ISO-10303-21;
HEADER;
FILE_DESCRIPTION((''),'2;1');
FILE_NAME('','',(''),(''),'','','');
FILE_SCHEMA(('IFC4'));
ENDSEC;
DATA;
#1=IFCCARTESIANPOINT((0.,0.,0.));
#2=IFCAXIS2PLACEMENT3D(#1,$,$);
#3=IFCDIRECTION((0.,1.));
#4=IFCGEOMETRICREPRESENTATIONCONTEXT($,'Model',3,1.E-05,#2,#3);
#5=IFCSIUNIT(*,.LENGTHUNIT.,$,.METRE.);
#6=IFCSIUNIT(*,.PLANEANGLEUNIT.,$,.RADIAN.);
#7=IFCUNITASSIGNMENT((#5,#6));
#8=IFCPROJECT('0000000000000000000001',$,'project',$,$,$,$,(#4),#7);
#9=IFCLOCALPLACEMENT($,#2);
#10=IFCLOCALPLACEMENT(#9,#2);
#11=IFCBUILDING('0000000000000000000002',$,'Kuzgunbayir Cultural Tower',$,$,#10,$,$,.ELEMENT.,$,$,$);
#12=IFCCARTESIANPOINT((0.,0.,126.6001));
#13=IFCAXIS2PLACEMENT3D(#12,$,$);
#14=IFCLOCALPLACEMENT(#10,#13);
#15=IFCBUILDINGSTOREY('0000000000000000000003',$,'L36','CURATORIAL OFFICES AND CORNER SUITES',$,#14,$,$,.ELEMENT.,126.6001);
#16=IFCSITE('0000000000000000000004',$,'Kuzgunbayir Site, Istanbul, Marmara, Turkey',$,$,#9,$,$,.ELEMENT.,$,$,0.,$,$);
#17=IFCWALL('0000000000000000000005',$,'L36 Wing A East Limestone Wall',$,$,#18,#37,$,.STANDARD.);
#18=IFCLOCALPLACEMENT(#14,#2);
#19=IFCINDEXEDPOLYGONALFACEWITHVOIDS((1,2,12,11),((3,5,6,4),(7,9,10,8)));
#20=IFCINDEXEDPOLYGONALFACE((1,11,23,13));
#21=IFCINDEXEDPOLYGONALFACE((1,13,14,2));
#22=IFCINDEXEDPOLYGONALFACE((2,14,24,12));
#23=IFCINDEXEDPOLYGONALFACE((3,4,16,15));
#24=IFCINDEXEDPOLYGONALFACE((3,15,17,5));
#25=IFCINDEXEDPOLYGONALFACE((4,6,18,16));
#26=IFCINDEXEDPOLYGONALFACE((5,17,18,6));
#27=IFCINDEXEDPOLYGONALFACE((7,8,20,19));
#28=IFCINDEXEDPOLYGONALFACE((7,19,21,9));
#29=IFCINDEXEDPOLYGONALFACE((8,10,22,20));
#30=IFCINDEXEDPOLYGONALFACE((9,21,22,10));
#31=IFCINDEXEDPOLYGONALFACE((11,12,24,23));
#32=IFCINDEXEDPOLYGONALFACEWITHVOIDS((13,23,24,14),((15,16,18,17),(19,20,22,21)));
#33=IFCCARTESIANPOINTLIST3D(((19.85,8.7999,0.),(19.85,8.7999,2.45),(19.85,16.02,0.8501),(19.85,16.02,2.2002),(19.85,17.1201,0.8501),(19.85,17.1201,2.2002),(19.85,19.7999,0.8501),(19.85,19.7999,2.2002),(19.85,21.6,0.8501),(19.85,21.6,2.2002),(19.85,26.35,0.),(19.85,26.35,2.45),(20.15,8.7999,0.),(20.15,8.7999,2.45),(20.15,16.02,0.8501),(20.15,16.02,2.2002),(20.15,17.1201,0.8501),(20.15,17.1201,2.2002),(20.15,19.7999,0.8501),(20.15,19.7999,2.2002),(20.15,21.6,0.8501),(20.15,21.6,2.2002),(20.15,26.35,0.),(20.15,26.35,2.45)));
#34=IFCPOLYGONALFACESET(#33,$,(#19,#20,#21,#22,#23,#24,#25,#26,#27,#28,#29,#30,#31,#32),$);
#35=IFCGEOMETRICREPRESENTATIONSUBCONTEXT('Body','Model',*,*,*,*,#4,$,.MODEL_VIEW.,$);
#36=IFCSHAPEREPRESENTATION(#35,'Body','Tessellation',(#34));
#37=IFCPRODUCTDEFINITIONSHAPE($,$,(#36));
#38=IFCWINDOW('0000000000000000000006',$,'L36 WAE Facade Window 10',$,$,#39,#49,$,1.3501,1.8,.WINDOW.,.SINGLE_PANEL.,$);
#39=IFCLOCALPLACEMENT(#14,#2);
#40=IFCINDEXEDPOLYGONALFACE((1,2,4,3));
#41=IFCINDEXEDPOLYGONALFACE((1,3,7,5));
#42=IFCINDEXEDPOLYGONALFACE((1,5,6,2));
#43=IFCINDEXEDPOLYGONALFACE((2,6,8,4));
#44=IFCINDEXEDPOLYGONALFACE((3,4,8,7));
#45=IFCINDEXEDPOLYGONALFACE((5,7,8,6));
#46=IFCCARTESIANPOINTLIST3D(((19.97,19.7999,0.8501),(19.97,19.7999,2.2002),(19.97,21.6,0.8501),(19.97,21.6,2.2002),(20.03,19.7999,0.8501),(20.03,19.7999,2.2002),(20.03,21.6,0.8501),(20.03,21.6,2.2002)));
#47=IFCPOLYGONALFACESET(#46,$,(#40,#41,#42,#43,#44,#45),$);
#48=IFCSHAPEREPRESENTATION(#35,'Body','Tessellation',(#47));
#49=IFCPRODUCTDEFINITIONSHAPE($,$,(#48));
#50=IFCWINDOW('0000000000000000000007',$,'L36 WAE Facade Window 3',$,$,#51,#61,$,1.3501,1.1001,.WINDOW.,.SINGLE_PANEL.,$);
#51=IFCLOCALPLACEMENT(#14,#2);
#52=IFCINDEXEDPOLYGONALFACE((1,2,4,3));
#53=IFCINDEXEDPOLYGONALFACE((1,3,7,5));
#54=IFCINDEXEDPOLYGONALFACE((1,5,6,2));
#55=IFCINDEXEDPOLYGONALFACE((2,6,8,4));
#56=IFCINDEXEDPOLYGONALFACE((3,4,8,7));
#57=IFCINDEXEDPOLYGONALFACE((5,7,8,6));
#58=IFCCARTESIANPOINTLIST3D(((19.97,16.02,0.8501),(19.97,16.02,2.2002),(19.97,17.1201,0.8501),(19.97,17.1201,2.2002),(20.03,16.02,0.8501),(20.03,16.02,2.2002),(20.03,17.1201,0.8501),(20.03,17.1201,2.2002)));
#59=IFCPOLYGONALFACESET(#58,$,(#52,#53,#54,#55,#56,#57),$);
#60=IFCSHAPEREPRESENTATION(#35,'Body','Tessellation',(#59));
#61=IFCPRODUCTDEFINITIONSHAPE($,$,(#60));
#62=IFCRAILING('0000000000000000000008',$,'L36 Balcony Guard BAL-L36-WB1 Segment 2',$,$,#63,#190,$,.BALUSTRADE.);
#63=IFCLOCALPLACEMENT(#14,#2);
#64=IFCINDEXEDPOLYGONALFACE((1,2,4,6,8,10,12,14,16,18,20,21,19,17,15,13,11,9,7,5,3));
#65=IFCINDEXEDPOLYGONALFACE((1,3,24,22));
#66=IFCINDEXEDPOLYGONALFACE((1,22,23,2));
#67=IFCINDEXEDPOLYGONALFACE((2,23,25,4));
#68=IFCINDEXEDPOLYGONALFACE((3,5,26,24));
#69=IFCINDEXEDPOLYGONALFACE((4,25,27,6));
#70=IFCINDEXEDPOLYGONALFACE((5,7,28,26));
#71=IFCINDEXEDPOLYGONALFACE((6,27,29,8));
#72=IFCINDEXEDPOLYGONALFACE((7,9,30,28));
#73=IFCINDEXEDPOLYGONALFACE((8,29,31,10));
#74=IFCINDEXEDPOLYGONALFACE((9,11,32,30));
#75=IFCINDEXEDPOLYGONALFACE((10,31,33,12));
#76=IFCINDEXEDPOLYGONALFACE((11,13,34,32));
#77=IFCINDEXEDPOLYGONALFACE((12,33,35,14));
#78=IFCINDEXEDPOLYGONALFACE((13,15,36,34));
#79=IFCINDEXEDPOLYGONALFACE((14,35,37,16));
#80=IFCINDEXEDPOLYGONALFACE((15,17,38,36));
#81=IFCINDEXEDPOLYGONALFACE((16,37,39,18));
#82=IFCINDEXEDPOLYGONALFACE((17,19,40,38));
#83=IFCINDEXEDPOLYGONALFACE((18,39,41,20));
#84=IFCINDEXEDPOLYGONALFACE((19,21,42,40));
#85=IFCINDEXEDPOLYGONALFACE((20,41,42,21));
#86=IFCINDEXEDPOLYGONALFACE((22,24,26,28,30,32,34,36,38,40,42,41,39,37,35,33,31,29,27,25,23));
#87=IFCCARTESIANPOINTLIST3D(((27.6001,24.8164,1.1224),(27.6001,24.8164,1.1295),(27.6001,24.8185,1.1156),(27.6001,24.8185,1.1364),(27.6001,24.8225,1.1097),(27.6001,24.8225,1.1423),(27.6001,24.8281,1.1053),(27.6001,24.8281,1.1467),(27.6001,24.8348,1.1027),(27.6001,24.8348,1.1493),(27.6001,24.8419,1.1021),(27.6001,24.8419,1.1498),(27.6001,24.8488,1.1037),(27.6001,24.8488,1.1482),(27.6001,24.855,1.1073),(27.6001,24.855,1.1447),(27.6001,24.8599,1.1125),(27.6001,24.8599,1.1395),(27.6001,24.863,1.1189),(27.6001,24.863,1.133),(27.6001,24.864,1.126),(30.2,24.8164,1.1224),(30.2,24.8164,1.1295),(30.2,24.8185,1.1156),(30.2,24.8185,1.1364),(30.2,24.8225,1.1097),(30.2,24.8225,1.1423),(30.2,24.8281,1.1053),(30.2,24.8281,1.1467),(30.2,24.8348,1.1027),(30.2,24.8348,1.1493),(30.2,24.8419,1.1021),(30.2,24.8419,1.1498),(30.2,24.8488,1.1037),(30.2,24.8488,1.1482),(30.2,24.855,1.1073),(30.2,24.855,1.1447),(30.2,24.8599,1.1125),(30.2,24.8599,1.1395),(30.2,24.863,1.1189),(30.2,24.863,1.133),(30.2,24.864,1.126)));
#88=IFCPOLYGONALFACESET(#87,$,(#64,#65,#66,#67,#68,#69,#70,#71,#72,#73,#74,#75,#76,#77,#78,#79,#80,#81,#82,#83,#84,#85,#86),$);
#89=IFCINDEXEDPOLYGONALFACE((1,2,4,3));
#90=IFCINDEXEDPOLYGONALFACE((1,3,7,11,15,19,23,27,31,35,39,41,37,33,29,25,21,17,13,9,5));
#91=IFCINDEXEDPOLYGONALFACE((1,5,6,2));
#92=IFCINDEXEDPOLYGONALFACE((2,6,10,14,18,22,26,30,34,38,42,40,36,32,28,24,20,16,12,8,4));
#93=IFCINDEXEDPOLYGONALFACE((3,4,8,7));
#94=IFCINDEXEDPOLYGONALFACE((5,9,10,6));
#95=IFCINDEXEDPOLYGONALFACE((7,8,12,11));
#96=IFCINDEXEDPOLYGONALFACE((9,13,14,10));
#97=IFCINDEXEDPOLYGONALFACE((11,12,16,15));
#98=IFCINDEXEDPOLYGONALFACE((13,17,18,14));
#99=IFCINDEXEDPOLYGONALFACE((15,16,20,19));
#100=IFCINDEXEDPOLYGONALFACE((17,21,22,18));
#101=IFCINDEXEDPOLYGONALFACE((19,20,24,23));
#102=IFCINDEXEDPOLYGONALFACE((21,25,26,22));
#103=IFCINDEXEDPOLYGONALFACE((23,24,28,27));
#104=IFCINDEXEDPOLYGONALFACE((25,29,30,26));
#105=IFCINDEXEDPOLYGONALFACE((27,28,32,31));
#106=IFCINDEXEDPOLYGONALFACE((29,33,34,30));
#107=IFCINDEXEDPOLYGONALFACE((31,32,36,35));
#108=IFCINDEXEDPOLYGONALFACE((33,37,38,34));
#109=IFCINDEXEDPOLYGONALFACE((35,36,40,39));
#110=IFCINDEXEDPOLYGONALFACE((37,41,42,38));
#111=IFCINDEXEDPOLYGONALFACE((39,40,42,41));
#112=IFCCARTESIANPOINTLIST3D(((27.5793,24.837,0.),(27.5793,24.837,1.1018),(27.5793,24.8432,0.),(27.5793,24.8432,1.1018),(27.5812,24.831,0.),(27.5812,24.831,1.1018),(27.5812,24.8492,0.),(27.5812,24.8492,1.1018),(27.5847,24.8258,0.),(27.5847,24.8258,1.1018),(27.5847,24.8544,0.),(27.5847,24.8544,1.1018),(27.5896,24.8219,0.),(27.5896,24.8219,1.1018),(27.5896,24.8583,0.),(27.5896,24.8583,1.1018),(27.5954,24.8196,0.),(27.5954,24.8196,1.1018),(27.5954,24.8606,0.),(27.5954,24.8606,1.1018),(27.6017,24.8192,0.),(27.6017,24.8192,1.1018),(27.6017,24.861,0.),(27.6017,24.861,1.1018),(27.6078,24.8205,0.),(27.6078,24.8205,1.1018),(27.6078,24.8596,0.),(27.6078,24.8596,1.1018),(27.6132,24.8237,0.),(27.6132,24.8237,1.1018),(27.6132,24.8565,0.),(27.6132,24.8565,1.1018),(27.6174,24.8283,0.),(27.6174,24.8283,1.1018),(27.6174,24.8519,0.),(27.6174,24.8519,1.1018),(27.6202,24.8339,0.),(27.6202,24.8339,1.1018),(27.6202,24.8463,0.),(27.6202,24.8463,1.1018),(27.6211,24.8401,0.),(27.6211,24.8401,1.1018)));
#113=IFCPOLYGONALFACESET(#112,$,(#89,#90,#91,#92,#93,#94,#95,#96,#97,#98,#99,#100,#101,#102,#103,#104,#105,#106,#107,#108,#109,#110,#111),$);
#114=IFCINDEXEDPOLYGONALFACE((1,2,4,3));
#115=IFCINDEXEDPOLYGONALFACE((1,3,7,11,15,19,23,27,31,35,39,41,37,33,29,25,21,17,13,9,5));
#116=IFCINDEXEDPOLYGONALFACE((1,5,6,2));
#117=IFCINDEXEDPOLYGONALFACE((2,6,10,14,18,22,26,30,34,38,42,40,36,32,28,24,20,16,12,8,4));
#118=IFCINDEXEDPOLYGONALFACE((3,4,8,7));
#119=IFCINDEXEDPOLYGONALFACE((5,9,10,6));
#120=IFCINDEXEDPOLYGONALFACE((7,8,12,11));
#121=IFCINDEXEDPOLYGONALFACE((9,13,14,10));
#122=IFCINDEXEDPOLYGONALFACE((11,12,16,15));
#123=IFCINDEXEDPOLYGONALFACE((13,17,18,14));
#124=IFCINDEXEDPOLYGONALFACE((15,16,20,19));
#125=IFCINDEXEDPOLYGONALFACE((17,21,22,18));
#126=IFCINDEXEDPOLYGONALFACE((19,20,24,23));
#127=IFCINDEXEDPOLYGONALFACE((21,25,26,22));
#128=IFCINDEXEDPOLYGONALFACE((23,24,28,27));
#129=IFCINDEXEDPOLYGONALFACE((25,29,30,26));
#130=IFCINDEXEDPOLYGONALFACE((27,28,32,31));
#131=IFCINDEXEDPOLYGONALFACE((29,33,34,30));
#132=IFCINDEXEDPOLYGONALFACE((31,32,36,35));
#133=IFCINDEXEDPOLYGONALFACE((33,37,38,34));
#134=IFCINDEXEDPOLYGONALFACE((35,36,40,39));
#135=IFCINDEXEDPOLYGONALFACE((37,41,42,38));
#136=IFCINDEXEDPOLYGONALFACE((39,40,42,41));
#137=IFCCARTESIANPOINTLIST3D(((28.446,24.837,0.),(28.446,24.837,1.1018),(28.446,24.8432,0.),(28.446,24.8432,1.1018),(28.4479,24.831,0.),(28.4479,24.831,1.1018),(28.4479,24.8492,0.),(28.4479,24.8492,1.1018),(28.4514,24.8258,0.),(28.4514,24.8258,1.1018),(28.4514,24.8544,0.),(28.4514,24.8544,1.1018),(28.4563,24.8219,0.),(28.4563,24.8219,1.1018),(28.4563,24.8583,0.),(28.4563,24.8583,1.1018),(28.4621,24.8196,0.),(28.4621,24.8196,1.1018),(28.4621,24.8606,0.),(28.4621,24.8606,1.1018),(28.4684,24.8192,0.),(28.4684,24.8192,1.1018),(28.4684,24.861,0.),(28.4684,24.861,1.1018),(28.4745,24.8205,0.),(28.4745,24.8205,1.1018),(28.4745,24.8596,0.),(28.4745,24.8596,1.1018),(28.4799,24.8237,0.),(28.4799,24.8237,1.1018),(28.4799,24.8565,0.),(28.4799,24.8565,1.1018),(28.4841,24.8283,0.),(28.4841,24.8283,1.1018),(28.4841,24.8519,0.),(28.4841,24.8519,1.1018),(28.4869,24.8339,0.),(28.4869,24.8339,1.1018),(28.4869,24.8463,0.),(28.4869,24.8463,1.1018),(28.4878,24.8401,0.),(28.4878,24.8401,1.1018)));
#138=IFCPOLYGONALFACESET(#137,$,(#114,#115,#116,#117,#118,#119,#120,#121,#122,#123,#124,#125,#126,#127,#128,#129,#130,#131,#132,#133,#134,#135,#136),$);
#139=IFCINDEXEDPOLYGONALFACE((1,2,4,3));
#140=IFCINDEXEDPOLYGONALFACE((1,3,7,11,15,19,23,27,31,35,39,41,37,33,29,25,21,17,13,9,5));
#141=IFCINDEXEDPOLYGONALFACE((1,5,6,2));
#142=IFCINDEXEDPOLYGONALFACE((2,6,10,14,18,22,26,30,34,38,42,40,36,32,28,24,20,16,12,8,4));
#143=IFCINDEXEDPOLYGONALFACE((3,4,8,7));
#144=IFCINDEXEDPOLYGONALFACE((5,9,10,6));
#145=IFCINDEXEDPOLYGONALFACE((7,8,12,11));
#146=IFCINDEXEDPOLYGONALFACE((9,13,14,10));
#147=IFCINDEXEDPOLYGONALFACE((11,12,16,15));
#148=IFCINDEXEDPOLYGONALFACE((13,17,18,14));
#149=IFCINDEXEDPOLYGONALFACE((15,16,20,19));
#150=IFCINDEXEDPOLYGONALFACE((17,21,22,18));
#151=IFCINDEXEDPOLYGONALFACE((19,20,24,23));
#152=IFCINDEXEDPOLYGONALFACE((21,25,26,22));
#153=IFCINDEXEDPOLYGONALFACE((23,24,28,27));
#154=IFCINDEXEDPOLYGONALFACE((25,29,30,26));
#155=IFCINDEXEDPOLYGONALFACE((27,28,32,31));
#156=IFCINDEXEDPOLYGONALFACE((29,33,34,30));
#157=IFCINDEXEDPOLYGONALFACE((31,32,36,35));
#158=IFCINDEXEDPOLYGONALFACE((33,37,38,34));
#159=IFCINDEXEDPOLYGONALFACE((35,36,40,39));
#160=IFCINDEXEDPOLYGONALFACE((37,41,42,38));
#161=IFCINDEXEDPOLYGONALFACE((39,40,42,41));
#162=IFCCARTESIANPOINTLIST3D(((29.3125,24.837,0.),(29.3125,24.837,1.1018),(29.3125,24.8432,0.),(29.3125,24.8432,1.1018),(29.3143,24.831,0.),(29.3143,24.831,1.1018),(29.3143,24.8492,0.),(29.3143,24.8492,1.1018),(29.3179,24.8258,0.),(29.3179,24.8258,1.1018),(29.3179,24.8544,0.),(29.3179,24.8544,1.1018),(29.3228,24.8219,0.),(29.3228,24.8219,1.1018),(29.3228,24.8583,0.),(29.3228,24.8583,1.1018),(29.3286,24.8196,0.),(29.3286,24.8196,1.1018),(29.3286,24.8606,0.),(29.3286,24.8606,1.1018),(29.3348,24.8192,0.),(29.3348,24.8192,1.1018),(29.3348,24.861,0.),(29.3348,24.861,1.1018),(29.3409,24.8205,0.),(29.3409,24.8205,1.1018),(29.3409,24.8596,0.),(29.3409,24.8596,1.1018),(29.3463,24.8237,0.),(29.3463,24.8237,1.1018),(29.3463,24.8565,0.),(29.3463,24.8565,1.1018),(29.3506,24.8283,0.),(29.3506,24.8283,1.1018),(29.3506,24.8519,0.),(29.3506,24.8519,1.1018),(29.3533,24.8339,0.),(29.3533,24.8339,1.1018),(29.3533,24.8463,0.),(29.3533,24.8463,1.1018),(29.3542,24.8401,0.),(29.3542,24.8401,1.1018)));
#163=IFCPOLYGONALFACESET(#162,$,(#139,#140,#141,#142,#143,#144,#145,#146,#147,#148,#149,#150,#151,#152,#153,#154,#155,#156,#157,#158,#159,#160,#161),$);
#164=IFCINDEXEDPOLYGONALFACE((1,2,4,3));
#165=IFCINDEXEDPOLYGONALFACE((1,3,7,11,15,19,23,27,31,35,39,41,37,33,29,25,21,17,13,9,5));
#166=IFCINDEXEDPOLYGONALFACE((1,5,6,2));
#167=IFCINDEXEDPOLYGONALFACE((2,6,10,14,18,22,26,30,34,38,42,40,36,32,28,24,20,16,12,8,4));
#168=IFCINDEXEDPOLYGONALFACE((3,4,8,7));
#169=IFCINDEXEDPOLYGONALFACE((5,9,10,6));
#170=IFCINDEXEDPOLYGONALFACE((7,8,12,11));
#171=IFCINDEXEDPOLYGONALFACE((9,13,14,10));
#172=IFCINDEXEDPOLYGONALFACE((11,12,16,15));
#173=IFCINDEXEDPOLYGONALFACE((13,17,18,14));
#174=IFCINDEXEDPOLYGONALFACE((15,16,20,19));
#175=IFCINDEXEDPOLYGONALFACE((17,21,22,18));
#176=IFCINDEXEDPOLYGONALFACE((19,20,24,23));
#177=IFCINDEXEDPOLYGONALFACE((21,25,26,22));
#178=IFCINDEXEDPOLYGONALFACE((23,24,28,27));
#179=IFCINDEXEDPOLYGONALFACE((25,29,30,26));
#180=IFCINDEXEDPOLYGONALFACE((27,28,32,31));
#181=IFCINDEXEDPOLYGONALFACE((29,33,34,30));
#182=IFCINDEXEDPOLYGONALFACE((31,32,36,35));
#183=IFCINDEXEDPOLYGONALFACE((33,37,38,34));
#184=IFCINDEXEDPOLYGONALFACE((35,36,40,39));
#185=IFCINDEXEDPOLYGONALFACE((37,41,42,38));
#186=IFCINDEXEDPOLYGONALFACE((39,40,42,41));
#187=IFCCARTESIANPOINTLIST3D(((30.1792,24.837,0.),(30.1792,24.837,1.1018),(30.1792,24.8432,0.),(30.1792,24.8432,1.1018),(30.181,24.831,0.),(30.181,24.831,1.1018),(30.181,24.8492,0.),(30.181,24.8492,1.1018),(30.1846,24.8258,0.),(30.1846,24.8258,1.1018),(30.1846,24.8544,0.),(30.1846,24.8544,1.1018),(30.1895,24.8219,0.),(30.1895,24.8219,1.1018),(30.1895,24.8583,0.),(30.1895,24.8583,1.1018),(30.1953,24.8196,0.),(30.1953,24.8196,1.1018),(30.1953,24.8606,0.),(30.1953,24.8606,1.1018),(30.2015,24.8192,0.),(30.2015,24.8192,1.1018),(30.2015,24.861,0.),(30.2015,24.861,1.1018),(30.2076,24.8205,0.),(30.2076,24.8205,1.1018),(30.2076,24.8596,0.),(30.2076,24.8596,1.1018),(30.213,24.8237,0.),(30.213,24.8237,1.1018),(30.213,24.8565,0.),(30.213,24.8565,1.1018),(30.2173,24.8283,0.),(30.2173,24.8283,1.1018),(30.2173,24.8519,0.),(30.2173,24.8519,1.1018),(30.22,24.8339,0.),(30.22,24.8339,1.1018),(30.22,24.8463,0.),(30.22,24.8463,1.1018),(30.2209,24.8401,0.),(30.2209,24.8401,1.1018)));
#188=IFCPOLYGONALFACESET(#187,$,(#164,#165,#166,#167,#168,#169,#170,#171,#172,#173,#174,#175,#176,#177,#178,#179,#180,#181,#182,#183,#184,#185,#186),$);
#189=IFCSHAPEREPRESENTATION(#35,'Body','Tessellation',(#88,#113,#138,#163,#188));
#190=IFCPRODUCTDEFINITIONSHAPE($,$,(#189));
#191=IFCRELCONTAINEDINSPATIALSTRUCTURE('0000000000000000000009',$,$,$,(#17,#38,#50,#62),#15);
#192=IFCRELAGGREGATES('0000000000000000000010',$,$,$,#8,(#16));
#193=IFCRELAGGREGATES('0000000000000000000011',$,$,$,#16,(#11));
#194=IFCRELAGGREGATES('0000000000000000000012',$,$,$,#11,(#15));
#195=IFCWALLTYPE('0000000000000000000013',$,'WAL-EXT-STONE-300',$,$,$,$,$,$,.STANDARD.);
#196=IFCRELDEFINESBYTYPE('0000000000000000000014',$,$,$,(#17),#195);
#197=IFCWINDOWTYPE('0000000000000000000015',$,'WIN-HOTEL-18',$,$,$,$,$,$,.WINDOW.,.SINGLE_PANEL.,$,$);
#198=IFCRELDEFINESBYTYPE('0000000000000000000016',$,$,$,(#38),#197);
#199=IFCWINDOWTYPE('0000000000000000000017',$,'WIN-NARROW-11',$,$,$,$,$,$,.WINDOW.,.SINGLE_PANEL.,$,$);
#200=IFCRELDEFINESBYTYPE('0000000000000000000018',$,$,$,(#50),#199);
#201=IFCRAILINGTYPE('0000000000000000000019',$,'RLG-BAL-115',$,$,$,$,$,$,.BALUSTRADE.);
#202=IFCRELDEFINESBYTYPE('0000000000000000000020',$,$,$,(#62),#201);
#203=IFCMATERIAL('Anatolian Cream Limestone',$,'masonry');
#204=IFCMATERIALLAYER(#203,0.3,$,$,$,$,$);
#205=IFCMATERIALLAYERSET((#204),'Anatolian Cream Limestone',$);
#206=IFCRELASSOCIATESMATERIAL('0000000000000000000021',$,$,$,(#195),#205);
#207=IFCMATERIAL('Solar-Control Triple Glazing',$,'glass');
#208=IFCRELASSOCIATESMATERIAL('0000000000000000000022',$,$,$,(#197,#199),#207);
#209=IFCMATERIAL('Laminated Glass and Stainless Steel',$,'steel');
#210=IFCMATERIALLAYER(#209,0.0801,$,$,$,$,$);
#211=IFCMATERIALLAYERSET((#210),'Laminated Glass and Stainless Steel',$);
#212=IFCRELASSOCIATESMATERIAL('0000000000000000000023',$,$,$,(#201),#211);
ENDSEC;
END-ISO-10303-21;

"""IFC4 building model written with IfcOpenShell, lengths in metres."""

from ifc_helpers import new_model, si_unit, direction, frame, frame_2d, origin, origin_2d, place, context, subcontext, project, spatial, rectangle, circle, extrude, material, layer, layer_set, type_object, element, fill, save


model = new_model("IFC4")

# Units and contexts
model_context = context("Model", 3, precision=1e-05, world=origin(), true_north=direction((0.0, 1.0)))
body_context = subcontext(model_context, "Body", "Model", "MODEL_VIEW")
ifc_project = project(units=[si_unit("LENGTHUNIT", "METRE"), si_unit("PLANEANGLEUNIT", "RADIAN")], contexts=[model_context])

# Site, building, storey
site_placement = place(None, origin())
site = spatial("IfcSite", under=ifc_project, at=site_placement, Name="Kuzgunbayir Site, Istanbul, Marmara, Turkey", CompositionType="ELEMENT", RefElevation=0.0)
building_placement = place(site_placement, origin())
building = spatial("IfcBuilding", under=site, at=building_placement, Name="Kuzgunbayir Cultural Tower", CompositionType="ELEMENT")
storey_placement = place(building_placement, frame((0.0, 0.0, 126.6001)))
storey = spatial("IfcBuildingStorey", under=building, at=storey_placement, Name="L36", Description="CURATORIAL OFFICES AND CORNER SUITES", CompositionType="ELEMENT", Elevation=126.6001)

# Wall, openings, windows
ifc_material_1 = material(Name="Anatolian Cream Limestone", Category="masonry")
ifc_layer_1 = layer(ifc_material_1, 0.3)
ifc_layer_set_1 = layer_set([ifc_layer_1], Name="Anatolian Cream Limestone")
wall_type = type_object("IfcWallType", Name="WAL-EXT-STONE-300", PredefinedType="STANDARD", material=ifc_layer_set_1)
wall_placement = place(storey_placement, frame((20.0, 8.8, 0.0), z_axis=(0.0, 0.0, 1.0), x_axis=(0.0, 1.0, 0.0)))
wall = element("IfcWall", 1, at=wall_placement, inside=storey, type_object=wall_type, Name="L36 Wing A East Limestone Wall", PredefinedType="STANDARD", context=body_context, shape_type="SweptSolid", body=[
    extrude(rectangle(XDim=17.55, YDim=0.3, at=frame_2d((8.7749, 0.0))), origin(), (0.0, 0.0, 1.0), 2.45),
])
opening_1_placement = place(wall_placement, frame((7.22, 0.0, 0.8501)))
opening_1 = element("IfcOpeningElement", 2, at=opening_1_placement, cuts=wall, PredefinedType="OPENING", context=body_context, shape_type="SweptSolid", body=[
    extrude(rectangle(XDim=1.1001, YDim=1.3501, at=frame_2d((0.55, 0.675))), frame((0.0, 0.1602, 0.0), z_axis=(0.0, -1.0, 0.0), x_axis=(1.0, 0.0, 0.0)), (0.0, 0.0, 1.0), 0.3201),
])
opening_2_placement = place(wall_placement, frame((11.0, 0.0, 0.8501)))
opening_2 = element("IfcOpeningElement", 3, at=opening_2_placement, cuts=wall, PredefinedType="OPENING", context=body_context, shape_type="SweptSolid", body=[
    extrude(rectangle(XDim=1.8, YDim=1.3501, at=frame_2d((0.8999, 0.675))), frame((0.0, 0.1602, 0.0), z_axis=(0.0, -1.0, 0.0), x_axis=(1.0, 0.0, 0.0)), (0.0, 0.0, 1.0), 0.3201),
])
ifc_material_2 = material(Name="Solar-Control Triple Glazing", Category="glass")
window_type_1 = type_object("IfcWindowType", Name="WIN-HOTEL-18", PartitioningType="SINGLE_PANEL", PredefinedType="WINDOW", material=ifc_material_2)
window_1_placement = place(opening_2_placement, origin())
window_1 = element("IfcWindow", 4, at=window_1_placement, inside=storey, type_object=window_type_1, Name="L36 WAE Facade Window 10", OverallHeight=1.3501, OverallWidth=1.8, PartitioningType="SINGLE_PANEL", PredefinedType="WINDOW", context=body_context, shape_type="SweptSolid", body=[
    extrude(rectangle(XDim=1.8, YDim=1.3501, at=frame_2d((0.8999, 0.675))), frame((0.0, 0.03, 0.0), z_axis=(0.0, -1.0, 0.0), x_axis=(1.0, 0.0, 0.0)), (0.0, 0.0, 1.0), 0.0601),
])
fill(opening_2, window_1)
window_type_2 = type_object("IfcWindowType", Name="WIN-NARROW-11", PartitioningType="SINGLE_PANEL", PredefinedType="WINDOW", material=ifc_material_2)
window_2_placement = place(opening_1_placement, origin())
window_2 = element("IfcWindow", 5, at=window_2_placement, inside=storey, type_object=window_type_2, Name="L36 WAE Facade Window 3", OverallHeight=1.3501, OverallWidth=1.1001, PartitioningType="SINGLE_PANEL", PredefinedType="WINDOW", context=body_context, shape_type="SweptSolid", body=[
    extrude(rectangle(XDim=1.1001, YDim=1.3501, at=frame_2d((0.55, 0.675))), frame((0.0, 0.03, 0.0), z_axis=(0.0, -1.0, 0.0), x_axis=(1.0, 0.0, 0.0)), (0.0, 0.0, 1.0), 0.0601),
])
fill(opening_1, window_2)

# Railing
ifc_material_3 = material(Name="Laminated Glass and Stainless Steel", Category="steel")
ifc_layer_2 = layer(ifc_material_3, 0.0801)
ifc_layer_set_2 = layer_set([ifc_layer_2], Name="Laminated Glass and Stainless Steel")
railing_type = type_object("IfcRailingType", Name="RLG-BAL-115", PredefinedType="BALUSTRADE", material=ifc_layer_set_2)
railing_placement = place(storey_placement, frame((27.6001, 24.8401, 0.0)))
element("IfcRailing", 6, at=railing_placement, inside=storey, type_object=railing_type, Name="L36 Balcony Guard BAL-L36-WB1 Segment 2", PredefinedType="BALUSTRADE", context=body_context, shape_type="SweptSolid", body=[
    extrude(circle(Radius=0.0239, at=origin_2d()), frame((0.0, 0.0, 1.126), z_axis=(1.0, 0.0, 0.0), x_axis=(0.0, 1.0, 0.0)), (0.0, 0.0, 1.0), 2.5999),
    extrude(circle(Radius=0.021, at=origin_2d()), origin(), (0.0, 0.0, 1.0), 1.1018),
    extrude(circle(Radius=0.021, at=origin_2d()), frame((0.8667, 0.0, 0.0)), (0.0, 0.0, 1.0), 1.1018),
    extrude(circle(Radius=0.021, at=origin_2d()), frame((1.7332, 0.0, 0.0)), (0.0, 0.0, 1.0), 1.1018),
    extrude(circle(Radius=0.021, at=origin_2d()), frame((2.5999, 0.0, 0.0)), (0.0, 0.0, 1.0), 1.1018),
])

save(model, "model.ifc")
